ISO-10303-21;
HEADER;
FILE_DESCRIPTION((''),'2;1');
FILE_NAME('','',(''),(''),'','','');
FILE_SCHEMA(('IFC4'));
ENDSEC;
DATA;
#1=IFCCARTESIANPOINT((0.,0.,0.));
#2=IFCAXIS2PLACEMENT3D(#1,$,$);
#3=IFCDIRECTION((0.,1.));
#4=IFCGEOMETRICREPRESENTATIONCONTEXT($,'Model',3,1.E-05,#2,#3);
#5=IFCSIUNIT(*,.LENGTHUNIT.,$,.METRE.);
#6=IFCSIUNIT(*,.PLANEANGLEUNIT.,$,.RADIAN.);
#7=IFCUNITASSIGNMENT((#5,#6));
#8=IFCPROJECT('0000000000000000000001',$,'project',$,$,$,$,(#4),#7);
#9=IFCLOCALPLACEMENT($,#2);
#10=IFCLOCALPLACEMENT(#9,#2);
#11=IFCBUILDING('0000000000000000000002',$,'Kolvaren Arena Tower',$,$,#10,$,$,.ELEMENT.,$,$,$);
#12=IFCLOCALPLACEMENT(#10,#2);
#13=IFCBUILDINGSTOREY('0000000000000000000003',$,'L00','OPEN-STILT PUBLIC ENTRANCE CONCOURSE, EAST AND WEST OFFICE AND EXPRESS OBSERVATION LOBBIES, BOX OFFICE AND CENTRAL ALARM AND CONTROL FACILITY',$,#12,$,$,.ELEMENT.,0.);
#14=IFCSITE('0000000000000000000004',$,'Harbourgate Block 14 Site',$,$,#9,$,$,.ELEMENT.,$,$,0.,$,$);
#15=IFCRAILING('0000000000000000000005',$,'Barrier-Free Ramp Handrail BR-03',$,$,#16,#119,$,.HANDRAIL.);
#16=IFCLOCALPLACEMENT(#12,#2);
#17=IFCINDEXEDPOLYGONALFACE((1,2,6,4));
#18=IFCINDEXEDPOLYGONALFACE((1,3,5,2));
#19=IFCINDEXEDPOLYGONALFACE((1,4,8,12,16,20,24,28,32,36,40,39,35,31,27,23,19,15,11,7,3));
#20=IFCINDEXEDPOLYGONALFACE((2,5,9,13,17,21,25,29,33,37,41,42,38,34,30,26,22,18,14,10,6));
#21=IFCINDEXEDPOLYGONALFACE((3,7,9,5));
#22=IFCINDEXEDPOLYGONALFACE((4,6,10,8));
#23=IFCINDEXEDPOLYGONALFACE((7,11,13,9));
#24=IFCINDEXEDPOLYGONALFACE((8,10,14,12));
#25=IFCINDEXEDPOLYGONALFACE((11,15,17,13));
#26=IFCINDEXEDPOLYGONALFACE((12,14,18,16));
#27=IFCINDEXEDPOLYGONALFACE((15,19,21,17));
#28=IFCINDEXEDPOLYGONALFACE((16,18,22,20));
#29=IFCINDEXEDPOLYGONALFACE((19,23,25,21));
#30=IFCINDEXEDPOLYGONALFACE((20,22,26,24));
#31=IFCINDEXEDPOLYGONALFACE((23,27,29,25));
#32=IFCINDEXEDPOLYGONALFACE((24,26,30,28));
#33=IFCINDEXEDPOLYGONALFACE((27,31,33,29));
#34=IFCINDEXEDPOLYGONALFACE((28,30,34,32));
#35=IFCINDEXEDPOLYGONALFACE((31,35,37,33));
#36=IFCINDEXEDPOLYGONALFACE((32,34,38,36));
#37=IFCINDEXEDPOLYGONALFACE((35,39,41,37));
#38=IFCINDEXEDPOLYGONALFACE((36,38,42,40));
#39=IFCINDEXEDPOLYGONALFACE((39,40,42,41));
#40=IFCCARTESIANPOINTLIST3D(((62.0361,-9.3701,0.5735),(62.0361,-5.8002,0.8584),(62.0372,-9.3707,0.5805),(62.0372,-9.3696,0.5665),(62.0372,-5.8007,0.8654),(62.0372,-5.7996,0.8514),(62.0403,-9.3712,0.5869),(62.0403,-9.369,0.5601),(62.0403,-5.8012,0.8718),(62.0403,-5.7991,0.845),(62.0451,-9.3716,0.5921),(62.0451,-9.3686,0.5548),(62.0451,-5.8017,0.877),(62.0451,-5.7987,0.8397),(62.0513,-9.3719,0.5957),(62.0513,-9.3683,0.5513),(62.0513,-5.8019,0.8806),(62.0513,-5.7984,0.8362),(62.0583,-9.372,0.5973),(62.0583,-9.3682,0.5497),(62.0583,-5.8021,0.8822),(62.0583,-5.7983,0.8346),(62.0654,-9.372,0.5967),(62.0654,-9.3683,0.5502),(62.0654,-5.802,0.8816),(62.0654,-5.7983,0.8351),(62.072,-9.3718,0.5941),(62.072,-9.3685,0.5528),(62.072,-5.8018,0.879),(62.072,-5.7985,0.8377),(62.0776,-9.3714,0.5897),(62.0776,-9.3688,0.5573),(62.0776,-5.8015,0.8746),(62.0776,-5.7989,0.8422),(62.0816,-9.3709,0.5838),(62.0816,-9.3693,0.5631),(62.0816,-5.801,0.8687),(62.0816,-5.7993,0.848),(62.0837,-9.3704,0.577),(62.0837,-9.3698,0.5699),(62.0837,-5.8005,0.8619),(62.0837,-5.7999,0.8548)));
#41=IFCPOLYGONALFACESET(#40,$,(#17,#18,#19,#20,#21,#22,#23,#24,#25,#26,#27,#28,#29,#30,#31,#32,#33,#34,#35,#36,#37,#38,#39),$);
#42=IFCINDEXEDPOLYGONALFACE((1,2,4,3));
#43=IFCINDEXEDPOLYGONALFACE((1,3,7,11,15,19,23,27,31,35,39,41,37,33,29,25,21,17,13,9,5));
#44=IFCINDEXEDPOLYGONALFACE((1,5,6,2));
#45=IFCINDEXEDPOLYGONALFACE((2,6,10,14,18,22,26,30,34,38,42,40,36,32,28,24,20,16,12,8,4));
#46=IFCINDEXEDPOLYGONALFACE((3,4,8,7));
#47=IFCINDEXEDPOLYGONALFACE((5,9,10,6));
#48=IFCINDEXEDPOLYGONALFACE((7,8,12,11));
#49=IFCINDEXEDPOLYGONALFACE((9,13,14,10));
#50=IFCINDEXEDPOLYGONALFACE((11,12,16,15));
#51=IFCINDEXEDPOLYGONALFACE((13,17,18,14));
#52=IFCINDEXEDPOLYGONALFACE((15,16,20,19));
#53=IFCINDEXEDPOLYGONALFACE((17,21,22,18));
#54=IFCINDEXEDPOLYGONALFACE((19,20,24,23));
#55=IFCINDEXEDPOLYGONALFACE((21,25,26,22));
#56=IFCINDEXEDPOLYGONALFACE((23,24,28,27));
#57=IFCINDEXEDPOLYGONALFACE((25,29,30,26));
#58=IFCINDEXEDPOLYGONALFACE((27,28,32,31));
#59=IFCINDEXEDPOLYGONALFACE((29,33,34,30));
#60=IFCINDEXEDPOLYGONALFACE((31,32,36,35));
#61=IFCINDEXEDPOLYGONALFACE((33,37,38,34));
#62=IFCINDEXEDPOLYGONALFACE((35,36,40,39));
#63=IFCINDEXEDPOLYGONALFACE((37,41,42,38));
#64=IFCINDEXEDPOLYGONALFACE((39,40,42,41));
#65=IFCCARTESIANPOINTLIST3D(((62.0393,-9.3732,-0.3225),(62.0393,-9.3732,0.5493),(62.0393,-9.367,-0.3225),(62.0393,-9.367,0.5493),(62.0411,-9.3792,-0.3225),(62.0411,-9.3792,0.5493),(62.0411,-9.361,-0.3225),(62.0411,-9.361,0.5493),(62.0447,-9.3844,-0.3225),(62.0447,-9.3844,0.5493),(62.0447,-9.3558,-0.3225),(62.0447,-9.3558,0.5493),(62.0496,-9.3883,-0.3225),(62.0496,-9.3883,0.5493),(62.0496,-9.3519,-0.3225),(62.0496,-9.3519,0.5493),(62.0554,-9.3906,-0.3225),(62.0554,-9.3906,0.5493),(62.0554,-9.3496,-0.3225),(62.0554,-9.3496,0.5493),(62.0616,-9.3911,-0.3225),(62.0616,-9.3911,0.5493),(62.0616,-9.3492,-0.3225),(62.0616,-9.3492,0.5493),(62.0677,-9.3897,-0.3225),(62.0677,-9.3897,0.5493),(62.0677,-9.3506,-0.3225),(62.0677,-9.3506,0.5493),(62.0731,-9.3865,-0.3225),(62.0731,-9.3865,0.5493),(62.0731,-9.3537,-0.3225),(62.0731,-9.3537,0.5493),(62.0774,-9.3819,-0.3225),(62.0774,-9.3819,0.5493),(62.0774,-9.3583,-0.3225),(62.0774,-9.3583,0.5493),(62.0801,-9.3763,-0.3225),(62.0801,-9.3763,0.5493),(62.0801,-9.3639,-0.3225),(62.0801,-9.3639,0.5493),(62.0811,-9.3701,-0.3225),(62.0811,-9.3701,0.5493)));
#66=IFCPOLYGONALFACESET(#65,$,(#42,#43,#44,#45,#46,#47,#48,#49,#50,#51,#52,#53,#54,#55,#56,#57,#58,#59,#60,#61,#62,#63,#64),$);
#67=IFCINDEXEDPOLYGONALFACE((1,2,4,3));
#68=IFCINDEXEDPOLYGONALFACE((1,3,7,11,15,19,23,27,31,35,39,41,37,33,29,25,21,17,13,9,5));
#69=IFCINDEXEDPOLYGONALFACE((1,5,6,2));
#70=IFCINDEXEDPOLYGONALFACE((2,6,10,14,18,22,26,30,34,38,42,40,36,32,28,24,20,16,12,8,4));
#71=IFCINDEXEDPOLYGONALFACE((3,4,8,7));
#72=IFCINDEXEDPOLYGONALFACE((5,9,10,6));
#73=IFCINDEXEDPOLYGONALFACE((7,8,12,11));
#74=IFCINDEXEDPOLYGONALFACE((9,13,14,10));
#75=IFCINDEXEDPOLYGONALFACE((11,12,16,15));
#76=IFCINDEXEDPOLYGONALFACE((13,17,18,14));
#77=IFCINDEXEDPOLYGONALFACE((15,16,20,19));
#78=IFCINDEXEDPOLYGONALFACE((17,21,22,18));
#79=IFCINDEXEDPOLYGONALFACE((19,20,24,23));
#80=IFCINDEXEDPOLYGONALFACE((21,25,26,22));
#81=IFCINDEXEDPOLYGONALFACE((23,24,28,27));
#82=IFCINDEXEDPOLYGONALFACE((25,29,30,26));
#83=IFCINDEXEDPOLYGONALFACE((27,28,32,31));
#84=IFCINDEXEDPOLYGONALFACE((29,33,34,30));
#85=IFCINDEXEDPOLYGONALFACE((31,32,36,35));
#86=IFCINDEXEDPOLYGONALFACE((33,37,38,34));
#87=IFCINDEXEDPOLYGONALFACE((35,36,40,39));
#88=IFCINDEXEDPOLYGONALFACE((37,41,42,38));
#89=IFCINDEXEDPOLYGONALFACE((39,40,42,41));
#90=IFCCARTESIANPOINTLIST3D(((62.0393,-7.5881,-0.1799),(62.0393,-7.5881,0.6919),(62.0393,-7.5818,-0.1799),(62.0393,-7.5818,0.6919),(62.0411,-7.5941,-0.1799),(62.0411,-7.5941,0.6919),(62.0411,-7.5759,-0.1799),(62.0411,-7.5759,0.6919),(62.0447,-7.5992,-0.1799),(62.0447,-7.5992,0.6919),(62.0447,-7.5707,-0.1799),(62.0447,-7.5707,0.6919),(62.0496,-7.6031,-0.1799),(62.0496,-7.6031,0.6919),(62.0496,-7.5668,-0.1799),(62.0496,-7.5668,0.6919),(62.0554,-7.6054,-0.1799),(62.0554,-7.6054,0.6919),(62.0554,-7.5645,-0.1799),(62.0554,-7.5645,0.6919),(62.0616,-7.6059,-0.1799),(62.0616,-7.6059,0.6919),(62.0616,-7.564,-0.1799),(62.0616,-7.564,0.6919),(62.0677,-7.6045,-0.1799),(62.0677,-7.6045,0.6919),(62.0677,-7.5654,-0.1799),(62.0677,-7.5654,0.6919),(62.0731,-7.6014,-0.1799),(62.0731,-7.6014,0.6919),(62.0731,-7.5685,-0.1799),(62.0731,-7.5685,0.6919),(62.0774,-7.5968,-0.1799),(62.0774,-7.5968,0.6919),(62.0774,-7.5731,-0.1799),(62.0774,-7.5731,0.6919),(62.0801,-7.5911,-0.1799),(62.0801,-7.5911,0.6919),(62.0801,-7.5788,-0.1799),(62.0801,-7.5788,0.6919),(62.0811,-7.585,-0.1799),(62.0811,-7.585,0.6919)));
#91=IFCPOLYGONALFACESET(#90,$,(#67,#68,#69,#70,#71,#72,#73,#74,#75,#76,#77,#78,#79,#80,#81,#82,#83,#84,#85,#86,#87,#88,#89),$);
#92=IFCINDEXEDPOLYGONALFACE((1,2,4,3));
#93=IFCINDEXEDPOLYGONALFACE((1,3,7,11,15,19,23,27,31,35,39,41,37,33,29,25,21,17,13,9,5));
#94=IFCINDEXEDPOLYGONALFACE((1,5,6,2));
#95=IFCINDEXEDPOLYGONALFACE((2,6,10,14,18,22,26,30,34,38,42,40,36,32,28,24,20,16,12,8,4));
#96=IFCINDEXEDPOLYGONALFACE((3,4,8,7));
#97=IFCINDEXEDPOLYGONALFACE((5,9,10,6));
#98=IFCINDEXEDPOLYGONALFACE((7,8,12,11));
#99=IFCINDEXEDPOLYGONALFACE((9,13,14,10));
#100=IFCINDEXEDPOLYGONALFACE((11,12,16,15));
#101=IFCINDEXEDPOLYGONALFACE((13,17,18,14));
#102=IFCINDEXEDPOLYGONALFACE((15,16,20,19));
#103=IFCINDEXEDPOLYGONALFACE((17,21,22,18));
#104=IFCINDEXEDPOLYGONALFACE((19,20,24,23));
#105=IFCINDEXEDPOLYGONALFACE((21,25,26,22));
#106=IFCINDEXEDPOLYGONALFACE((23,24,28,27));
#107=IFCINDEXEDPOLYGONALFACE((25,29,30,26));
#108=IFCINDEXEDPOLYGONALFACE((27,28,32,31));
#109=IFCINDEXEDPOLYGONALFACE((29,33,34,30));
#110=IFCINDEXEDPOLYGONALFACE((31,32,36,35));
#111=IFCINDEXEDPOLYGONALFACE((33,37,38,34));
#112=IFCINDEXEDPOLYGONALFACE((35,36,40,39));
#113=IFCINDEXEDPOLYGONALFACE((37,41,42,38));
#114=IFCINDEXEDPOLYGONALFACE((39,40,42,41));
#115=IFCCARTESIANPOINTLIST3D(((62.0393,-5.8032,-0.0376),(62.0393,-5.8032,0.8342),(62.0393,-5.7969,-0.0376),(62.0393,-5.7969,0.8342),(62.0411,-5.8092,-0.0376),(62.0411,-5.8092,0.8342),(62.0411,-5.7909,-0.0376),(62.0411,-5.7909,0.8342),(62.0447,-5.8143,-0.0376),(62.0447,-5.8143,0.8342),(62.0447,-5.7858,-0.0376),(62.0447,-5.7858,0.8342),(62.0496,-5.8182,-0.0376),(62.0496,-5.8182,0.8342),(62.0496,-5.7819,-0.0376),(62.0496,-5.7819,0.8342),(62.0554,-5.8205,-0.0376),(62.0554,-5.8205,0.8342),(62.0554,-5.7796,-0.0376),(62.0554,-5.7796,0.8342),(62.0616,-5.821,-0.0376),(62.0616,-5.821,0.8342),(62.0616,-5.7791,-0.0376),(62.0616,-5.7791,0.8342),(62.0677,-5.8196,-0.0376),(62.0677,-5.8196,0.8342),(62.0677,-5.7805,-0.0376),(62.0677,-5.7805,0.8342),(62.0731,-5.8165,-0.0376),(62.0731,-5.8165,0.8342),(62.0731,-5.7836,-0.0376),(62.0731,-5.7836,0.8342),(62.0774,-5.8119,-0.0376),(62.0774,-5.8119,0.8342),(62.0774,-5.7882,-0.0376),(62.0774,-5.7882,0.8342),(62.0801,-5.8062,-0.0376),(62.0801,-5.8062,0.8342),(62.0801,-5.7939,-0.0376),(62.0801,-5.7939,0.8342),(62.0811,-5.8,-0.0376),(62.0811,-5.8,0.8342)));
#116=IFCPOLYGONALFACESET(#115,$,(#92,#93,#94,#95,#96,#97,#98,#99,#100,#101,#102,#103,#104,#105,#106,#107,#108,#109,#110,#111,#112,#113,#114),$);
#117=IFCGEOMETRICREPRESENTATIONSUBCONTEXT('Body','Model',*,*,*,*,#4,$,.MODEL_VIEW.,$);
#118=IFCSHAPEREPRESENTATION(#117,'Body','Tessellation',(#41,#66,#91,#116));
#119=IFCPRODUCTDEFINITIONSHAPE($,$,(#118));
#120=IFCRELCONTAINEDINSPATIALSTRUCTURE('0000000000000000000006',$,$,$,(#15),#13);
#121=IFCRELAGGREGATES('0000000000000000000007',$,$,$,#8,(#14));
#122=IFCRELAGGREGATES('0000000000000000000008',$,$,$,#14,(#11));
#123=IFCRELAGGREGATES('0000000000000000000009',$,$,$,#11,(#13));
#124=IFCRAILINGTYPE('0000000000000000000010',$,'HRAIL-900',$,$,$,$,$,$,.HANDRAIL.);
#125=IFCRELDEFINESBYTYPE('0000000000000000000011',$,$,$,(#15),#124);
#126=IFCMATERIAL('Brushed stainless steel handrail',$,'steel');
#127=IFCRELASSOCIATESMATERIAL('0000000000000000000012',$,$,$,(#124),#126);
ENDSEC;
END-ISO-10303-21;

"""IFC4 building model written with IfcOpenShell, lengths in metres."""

from ifc_helpers import new_model, si_unit, direction, frame, origin, origin_2d, place, context, subcontext, project, spatial, circle, extrude, material, type_object, element, save


model = new_model("IFC4")

# Units and contexts
model_context = context("Model", 3, precision=1e-05, world=origin(), true_north=direction((0.0, 1.0)))
body_context = subcontext(model_context, "Body", "Model", "MODEL_VIEW")
ifc_project = project(units=[si_unit("LENGTHUNIT", "METRE"), si_unit("PLANEANGLEUNIT", "RADIAN")], contexts=[model_context])

# Site, building, storey
site_placement = place(None, origin())
site = spatial("IfcSite", under=ifc_project, at=site_placement, Name="Harbourgate Block 14 Site", CompositionType="ELEMENT", RefElevation=0.0)
building_placement = place(site_placement, origin())
building = spatial("IfcBuilding", under=site, at=building_placement, Name="Kolvaren Arena Tower", CompositionType="ELEMENT")
storey_placement = place(building_placement, origin())
storey = spatial("IfcBuildingStorey", under=building, at=storey_placement, Name="L00", Description="OPEN-STILT PUBLIC ENTRANCE CONCOURSE, EAST AND WEST OFFICE AND EXPRESS OBSERVATION LOBBIES, BOX OFFICE AND CENTRAL ALARM AND CONTROL FACILITY", CompositionType="ELEMENT", Elevation=0.0)

# Railing
ifc_material_1 = material(Name="Brushed stainless steel handrail", Category="steel")
railing_type = type_object("IfcRailingType", Name="HRAIL-900", PredefinedType="HANDRAIL", material=ifc_material_1)
railing_placement = place(storey_placement, frame((62.0601, -9.3701, -0.3225)))
element("IfcRailing", 1, at=railing_placement, inside=storey, type_object=railing_type, Name="Barrier-Free Ramp Handrail BR-03", PredefinedType="HANDRAIL", context=body_context, shape_type="SweptSolid", body=[
    extrude(circle(Radius=0.0239, at=origin_2d()), frame((0.0, 0.0, 0.896), z_axis=(0.0, 0.996831, 0.079553), x_axis=(-1.0, 0.0, 0.0)), (0.0, 0.0, 1.0), 3.5813),
    extrude(circle(Radius=0.021, at=origin_2d()), origin(), (0.0, 0.0, 1.0), 0.8718),
    extrude(circle(Radius=0.021, at=origin_2d()), frame((0.0, 1.7852, 0.1426)), (0.0, 0.0, 1.0), 0.8718),
    extrude(circle(Radius=0.021, at=origin_2d()), frame((0.0, 3.5701, 0.2849)), (0.0, 0.0, 1.0), 0.8718),
])

save(model, "model.ifc")
